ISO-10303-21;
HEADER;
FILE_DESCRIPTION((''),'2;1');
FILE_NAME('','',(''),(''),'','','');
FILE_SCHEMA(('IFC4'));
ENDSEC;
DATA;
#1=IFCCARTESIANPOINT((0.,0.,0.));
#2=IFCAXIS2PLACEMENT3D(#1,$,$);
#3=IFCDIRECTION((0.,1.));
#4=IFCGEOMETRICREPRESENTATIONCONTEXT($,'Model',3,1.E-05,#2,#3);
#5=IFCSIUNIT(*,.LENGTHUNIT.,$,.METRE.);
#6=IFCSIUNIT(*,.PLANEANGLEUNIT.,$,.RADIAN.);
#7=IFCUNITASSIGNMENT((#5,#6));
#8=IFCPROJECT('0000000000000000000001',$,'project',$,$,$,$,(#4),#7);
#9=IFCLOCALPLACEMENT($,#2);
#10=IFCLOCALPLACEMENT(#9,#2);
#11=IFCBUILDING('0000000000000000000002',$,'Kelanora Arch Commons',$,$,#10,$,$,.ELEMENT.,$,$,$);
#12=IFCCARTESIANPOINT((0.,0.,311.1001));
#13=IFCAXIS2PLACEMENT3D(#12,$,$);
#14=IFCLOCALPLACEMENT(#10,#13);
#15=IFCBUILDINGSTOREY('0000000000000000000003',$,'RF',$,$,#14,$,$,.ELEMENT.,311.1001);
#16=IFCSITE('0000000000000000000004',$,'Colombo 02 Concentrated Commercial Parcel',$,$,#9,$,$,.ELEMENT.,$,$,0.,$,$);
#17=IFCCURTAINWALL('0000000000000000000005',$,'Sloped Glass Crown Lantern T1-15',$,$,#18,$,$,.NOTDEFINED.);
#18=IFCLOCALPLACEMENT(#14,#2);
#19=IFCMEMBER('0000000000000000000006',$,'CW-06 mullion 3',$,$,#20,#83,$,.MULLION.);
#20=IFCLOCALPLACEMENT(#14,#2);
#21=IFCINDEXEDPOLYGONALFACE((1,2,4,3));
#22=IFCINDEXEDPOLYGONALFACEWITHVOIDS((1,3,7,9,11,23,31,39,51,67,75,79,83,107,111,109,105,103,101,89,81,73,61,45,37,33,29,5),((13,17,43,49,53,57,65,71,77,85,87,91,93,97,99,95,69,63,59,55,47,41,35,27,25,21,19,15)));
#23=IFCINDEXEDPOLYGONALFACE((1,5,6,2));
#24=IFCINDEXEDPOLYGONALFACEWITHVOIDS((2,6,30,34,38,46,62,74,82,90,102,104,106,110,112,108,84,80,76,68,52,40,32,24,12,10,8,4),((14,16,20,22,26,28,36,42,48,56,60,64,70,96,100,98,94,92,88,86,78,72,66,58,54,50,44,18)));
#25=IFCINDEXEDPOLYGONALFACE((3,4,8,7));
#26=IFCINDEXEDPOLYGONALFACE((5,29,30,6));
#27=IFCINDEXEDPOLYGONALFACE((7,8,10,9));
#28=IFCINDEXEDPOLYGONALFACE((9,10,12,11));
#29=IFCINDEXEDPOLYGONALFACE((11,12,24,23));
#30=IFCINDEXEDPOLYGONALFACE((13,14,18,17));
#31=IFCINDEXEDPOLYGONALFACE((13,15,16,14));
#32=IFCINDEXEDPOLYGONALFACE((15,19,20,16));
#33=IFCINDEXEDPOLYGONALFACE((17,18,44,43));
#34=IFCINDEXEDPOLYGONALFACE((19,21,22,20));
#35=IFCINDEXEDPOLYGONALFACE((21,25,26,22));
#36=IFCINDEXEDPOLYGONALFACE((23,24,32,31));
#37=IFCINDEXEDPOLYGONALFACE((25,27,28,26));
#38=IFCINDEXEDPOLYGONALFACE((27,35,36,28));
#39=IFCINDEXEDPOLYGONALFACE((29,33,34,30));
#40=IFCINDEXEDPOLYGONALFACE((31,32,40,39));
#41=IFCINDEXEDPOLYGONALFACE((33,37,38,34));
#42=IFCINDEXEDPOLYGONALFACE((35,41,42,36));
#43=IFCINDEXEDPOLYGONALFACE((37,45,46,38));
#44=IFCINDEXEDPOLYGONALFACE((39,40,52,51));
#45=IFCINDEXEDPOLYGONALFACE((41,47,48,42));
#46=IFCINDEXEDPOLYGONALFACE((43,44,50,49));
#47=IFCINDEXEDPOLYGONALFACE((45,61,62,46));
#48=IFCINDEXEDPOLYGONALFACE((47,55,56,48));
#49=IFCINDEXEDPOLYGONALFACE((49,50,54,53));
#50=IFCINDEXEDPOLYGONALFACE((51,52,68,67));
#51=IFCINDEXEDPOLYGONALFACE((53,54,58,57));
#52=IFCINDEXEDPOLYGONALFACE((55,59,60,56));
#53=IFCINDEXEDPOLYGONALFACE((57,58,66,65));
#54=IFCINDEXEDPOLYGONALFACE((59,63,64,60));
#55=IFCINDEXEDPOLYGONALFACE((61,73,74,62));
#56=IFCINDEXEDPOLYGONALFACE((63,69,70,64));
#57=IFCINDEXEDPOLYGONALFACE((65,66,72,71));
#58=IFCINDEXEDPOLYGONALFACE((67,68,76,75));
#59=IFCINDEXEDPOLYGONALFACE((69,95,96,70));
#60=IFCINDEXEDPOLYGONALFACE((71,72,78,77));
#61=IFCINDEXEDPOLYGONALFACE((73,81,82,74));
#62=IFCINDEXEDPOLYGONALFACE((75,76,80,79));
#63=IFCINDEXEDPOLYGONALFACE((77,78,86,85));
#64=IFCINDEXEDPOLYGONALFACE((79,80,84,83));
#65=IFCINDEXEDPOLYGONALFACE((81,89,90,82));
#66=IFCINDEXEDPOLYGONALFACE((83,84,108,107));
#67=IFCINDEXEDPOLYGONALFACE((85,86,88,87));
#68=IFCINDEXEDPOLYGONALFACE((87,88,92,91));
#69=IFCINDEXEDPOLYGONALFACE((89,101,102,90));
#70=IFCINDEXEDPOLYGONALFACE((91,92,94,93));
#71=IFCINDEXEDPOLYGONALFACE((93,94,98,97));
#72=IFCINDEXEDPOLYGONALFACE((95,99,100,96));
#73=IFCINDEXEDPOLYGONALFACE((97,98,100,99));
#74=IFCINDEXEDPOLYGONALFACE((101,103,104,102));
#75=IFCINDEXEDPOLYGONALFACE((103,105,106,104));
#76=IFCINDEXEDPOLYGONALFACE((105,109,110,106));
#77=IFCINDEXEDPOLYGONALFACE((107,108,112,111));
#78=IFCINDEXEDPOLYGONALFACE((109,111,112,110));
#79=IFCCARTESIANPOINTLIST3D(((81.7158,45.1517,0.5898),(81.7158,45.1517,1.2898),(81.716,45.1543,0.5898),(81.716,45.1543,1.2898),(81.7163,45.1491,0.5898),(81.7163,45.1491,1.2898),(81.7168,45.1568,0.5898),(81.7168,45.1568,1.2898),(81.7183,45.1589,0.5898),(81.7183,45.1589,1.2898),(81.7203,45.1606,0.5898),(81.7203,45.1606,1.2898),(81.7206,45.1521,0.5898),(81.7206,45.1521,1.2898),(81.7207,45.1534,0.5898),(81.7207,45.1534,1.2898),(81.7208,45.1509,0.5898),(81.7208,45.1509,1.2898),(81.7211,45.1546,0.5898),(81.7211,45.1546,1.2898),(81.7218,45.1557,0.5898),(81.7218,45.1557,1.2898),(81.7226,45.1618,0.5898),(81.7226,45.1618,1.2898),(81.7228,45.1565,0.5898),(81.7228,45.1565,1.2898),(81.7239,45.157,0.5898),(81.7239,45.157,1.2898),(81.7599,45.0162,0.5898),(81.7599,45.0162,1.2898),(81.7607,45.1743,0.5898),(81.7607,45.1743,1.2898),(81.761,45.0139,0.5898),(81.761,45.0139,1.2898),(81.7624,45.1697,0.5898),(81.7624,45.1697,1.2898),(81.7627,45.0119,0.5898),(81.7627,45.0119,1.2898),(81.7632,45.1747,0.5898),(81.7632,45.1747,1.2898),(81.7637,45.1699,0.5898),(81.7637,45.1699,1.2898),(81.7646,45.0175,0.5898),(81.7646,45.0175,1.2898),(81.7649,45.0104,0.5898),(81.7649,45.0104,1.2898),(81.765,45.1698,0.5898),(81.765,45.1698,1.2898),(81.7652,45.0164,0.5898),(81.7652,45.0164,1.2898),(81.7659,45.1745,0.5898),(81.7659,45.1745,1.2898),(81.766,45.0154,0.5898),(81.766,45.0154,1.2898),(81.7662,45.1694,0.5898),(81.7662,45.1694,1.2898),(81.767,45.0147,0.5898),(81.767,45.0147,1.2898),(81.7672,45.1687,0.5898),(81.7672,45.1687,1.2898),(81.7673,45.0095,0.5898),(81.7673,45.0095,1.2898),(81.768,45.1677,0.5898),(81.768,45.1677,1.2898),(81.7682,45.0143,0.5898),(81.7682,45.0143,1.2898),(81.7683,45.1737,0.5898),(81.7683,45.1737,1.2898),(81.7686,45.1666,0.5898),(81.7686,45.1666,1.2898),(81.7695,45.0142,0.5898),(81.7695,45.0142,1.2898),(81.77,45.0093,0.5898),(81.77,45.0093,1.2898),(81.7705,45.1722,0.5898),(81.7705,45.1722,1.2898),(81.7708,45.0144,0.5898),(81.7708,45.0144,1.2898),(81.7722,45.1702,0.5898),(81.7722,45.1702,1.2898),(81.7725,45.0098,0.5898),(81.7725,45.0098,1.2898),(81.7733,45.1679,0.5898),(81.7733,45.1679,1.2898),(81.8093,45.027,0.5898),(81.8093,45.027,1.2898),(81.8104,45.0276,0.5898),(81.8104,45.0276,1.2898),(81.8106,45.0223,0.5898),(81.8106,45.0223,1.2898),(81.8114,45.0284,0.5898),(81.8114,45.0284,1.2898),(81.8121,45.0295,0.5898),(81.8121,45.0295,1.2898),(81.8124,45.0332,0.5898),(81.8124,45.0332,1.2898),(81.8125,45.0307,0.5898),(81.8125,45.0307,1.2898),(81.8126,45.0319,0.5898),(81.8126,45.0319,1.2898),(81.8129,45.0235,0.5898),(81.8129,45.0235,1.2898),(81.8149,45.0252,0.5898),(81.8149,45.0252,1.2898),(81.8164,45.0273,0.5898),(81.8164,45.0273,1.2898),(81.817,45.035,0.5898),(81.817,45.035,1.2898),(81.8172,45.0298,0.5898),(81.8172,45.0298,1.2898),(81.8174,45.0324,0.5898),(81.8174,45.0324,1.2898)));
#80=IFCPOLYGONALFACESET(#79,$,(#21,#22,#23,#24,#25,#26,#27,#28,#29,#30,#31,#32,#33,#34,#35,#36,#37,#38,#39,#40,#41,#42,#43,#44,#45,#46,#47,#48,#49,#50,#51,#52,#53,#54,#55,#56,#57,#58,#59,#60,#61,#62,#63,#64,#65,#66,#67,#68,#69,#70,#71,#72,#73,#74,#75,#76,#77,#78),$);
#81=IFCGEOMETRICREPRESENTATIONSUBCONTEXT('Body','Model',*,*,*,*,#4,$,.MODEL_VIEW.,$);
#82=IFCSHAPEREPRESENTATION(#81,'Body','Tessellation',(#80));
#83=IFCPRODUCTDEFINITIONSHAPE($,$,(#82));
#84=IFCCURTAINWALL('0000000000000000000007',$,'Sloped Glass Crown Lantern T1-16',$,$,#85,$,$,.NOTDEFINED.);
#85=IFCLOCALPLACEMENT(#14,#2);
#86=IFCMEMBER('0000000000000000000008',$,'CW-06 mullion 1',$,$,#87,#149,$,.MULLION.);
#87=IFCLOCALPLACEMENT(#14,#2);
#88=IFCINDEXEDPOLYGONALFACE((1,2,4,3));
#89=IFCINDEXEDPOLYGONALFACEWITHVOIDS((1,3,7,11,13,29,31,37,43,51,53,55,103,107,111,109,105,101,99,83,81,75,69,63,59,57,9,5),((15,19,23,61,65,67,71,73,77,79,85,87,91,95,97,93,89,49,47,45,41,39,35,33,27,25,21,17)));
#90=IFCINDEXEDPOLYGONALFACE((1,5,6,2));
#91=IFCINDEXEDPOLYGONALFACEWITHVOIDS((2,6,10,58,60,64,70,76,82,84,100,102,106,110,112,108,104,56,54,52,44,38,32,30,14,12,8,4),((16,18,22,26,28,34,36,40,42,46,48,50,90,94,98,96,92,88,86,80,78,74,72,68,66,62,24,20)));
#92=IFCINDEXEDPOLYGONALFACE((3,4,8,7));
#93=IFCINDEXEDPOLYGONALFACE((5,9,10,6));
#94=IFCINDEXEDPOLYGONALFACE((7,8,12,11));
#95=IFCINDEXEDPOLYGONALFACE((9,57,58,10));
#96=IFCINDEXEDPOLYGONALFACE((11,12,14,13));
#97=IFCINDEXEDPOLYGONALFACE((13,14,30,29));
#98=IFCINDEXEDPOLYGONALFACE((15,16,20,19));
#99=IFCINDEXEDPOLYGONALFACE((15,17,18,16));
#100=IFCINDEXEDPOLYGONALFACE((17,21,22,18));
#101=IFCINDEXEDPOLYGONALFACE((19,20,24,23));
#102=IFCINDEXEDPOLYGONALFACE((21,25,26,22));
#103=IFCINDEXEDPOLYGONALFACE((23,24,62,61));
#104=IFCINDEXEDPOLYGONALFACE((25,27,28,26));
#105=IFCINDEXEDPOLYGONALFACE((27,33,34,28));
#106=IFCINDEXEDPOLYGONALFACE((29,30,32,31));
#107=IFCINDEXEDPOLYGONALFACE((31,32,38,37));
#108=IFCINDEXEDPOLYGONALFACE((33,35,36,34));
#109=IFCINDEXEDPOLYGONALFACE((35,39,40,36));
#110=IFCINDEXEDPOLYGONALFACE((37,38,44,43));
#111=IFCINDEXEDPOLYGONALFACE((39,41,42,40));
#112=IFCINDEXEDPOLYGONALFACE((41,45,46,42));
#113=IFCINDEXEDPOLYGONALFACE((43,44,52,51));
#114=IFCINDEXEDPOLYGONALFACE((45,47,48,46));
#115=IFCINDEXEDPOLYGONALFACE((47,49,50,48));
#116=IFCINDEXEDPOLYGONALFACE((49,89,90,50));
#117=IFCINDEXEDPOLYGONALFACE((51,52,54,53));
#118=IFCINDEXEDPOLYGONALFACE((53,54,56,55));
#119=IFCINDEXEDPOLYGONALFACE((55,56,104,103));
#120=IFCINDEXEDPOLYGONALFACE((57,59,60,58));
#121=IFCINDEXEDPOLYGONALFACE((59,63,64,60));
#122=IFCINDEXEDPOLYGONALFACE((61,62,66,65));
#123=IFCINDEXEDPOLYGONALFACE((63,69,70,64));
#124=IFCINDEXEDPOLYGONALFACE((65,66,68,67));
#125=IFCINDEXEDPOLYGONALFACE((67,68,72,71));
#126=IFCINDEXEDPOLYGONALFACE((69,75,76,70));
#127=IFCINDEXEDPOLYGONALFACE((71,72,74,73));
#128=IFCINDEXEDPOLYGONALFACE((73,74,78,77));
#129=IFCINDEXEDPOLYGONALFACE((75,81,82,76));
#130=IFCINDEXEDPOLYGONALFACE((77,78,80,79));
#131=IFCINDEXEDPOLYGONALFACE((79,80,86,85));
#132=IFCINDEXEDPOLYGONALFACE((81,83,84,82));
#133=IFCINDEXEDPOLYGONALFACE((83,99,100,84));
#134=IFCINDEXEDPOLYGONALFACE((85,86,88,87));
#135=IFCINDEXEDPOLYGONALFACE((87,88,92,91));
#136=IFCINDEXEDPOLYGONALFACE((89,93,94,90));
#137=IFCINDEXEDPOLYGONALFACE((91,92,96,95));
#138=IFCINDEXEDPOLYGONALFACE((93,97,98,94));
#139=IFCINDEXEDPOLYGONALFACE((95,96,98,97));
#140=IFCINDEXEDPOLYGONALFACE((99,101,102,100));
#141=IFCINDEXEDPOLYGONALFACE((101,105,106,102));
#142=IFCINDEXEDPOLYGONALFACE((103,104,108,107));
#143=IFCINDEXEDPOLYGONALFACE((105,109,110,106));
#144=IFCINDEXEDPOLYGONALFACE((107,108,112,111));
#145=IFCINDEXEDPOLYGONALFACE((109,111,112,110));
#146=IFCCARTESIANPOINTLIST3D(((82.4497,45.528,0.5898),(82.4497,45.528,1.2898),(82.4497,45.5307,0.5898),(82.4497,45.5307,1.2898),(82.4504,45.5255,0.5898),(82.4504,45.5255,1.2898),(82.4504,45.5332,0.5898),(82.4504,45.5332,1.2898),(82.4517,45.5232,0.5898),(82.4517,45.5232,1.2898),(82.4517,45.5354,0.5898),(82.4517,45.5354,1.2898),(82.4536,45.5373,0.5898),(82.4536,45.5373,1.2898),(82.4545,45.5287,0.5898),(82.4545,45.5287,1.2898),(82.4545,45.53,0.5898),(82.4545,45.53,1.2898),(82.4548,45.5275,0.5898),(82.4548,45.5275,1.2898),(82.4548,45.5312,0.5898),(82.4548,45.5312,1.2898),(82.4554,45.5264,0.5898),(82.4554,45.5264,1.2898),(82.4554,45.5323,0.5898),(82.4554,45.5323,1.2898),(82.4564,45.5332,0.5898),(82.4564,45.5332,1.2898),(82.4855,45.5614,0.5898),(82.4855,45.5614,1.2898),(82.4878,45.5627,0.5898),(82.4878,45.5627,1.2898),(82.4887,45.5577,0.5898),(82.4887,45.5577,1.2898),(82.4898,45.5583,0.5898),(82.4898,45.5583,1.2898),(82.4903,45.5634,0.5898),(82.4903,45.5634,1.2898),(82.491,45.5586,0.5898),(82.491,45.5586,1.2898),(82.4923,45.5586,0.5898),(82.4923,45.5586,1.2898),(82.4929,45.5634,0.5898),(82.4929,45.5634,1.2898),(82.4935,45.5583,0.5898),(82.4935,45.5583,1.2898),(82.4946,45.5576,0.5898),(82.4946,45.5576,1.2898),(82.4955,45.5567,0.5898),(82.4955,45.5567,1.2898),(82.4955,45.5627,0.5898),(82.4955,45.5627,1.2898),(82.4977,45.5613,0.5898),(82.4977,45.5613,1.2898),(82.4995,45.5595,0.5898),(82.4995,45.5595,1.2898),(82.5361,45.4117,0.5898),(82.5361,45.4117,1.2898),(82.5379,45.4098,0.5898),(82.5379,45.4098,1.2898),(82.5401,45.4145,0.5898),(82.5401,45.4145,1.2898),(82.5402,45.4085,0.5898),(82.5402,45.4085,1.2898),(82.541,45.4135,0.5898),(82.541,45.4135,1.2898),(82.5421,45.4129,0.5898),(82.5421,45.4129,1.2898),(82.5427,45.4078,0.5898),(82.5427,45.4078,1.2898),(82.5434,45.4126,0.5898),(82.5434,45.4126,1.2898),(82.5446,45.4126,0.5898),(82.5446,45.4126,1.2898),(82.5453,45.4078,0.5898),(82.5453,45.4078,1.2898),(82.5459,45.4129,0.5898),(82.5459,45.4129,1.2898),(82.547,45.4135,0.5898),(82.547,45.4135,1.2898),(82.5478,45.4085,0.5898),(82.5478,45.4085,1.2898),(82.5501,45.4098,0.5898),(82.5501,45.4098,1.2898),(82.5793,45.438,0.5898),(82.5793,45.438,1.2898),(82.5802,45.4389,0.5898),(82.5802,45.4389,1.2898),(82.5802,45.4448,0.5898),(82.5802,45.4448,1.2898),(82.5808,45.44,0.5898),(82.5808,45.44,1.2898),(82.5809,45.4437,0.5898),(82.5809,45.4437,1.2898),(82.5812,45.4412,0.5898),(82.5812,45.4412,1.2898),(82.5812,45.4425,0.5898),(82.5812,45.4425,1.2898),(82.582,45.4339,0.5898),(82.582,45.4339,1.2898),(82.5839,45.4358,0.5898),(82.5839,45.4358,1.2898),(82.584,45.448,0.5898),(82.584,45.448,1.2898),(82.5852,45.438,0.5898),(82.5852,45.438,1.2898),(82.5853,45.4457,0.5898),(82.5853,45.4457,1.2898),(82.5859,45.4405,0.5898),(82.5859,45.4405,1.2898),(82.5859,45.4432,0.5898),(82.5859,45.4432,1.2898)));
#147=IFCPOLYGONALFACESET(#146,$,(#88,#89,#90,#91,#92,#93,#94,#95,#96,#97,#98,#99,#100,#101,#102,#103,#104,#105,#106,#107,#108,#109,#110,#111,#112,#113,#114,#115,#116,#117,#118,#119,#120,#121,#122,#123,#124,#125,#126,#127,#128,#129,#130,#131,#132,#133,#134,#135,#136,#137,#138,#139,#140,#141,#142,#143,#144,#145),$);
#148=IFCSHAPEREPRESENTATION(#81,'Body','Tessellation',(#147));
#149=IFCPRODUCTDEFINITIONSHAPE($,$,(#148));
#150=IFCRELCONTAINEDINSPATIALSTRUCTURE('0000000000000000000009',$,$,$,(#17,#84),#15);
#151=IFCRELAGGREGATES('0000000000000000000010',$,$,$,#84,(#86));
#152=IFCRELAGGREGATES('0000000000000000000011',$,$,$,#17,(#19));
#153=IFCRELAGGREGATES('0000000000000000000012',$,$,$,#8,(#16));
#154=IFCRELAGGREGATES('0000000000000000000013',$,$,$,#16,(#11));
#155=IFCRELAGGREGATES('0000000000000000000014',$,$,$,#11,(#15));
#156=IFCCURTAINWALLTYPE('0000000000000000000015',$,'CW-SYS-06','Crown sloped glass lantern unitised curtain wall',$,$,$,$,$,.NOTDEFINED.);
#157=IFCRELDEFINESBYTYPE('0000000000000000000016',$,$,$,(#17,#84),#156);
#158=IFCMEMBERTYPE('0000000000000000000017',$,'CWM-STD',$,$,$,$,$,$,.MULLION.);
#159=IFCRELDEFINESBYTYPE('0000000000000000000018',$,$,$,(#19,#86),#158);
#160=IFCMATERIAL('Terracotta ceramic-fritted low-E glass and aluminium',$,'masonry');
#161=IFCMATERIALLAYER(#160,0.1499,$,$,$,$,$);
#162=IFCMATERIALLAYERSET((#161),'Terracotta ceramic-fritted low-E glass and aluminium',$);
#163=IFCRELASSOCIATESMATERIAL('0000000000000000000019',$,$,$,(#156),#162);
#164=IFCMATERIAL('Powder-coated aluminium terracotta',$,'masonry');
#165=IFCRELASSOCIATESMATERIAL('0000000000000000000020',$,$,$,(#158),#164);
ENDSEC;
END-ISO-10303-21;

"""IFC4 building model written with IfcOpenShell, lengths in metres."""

from ifc_helpers import new_model, si_unit, direction, frame, origin, origin_2d, place, context, subcontext, project, spatial, hollow_rectangle, extrude, material, layer, layer_set, material_profile, profile_set, type_object, element, aggregate, save


model = new_model("IFC4")

# Units and contexts
model_context = context("Model", 3, precision=1e-05, world=origin(), true_north=direction((0.0, 1.0)))
body_context = subcontext(model_context, "Body", "Model", "MODEL_VIEW")
ifc_project = project(units=[si_unit("LENGTHUNIT", "METRE"), si_unit("PLANEANGLEUNIT", "RADIAN")], contexts=[model_context])

# Site, building, storey
site_placement = place(None, origin())
site = spatial("IfcSite", under=ifc_project, at=site_placement, Name="Colombo 02 Concentrated Commercial Parcel", CompositionType="ELEMENT", RefElevation=0.0)
building_placement = place(site_placement, origin())
building = spatial("IfcBuilding", under=site, at=building_placement, Name="Kelanora Arch Commons", CompositionType="ELEMENT")
storey_placement = place(building_placement, frame((0.0, 0.0, 311.1001)))
storey = spatial("IfcBuildingStorey", under=building, at=storey_placement, Name="RF", CompositionType="ELEMENT", Elevation=311.1001)

# Curtain wall, member
ifc_material_1 = material(Name="Terracotta ceramic-fritted low-E glass and aluminium", Category="masonry")
ifc_layer_1 = layer(ifc_material_1, 0.1499)
ifc_layer_set_1 = layer_set([ifc_layer_1], Name="Terracotta ceramic-fritted low-E glass and aluminium")
curtain_wall_type = type_object("IfcCurtainWallType", Name="CW-SYS-06", Description="Crown sloped glass lantern unitised curtain wall", PredefinedType="NOTDEFINED", material=ifc_layer_set_1)
ifc_material_2 = material(Name="Powder-coated aluminium terracotta", Category="masonry")
ifc_material_profile_1 = material_profile(ifc_material_2, hollow_rectangle(XDim=0.1599, YDim=0.0601, WallThickness=0.0049, InnerFilletRadius=0.0049, OuterFilletRadius=0.01, at=origin_2d()), Name="CWM160x60")
ifc_profile_set_1 = profile_set([ifc_material_profile_1], Name="Powder-coated aluminium terracotta")
member_type_1 = type_object("IfcMemberType", Name="CWM-STD", PredefinedType="MULLION", material=ifc_profile_set_1)
curtain_wall_1_placement = place(storey_placement, origin())
curtain_wall_1 = element("IfcCurtainWall", 1, at=curtain_wall_1_placement, inside=storey, type_object=curtain_wall_type, Name="Sloped Glass Crown Lantern T1-15", PredefinedType="NOTDEFINED")
member_1_placement = place(storey_placement, frame((81.7666, 45.092, 0.5898), z_axis=(0.0, 0.0, 1.0), x_axis=(-0.311945, 0.9501, 0.0)))
member_1 = element("IfcMember", 2, at=member_1_placement, type_object=member_type_1, Name="CW-06 mullion 3", PredefinedType="MULLION", context=body_context, shape_type="SweptSolid", body=[
    extrude(hollow_rectangle(XDim=0.1599, YDim=0.0601, WallThickness=0.0049, InnerFilletRadius=0.0049, OuterFilletRadius=0.01, at=origin_2d()), origin(), (0.0, 0.0, 1.0), 0.7),
])

# Curtain wall, member
curtain_wall_2_placement = place(storey_placement, origin())
curtain_wall_2 = element("IfcCurtainWall", 3, at=curtain_wall_2_placement, inside=storey, type_object=curtain_wall_type, Name="Sloped Glass Crown Lantern T1-16", PredefinedType="NOTDEFINED")
member_2_placement = place(storey_placement, frame((82.5178, 45.4856, 0.5898), z_axis=(0.0, 0.0, 1.0), x_axis=(-0.603568, 0.797311, 0.0)))
member_2 = element("IfcMember", 4, at=member_2_placement, type_object=member_type_1, Name="CW-06 mullion 1", PredefinedType="MULLION", context=body_context, shape_type="SweptSolid", body=[
    extrude(hollow_rectangle(XDim=0.1599, YDim=0.0601, WallThickness=0.0049, InnerFilletRadius=0.0049, OuterFilletRadius=0.01, at=origin_2d()), origin(), (0.0, 0.0, 1.0), 0.7),
])
aggregate(curtain_wall_2, [member_2])

aggregate(curtain_wall_1, [member_1])

save(model, "model.ifc")
